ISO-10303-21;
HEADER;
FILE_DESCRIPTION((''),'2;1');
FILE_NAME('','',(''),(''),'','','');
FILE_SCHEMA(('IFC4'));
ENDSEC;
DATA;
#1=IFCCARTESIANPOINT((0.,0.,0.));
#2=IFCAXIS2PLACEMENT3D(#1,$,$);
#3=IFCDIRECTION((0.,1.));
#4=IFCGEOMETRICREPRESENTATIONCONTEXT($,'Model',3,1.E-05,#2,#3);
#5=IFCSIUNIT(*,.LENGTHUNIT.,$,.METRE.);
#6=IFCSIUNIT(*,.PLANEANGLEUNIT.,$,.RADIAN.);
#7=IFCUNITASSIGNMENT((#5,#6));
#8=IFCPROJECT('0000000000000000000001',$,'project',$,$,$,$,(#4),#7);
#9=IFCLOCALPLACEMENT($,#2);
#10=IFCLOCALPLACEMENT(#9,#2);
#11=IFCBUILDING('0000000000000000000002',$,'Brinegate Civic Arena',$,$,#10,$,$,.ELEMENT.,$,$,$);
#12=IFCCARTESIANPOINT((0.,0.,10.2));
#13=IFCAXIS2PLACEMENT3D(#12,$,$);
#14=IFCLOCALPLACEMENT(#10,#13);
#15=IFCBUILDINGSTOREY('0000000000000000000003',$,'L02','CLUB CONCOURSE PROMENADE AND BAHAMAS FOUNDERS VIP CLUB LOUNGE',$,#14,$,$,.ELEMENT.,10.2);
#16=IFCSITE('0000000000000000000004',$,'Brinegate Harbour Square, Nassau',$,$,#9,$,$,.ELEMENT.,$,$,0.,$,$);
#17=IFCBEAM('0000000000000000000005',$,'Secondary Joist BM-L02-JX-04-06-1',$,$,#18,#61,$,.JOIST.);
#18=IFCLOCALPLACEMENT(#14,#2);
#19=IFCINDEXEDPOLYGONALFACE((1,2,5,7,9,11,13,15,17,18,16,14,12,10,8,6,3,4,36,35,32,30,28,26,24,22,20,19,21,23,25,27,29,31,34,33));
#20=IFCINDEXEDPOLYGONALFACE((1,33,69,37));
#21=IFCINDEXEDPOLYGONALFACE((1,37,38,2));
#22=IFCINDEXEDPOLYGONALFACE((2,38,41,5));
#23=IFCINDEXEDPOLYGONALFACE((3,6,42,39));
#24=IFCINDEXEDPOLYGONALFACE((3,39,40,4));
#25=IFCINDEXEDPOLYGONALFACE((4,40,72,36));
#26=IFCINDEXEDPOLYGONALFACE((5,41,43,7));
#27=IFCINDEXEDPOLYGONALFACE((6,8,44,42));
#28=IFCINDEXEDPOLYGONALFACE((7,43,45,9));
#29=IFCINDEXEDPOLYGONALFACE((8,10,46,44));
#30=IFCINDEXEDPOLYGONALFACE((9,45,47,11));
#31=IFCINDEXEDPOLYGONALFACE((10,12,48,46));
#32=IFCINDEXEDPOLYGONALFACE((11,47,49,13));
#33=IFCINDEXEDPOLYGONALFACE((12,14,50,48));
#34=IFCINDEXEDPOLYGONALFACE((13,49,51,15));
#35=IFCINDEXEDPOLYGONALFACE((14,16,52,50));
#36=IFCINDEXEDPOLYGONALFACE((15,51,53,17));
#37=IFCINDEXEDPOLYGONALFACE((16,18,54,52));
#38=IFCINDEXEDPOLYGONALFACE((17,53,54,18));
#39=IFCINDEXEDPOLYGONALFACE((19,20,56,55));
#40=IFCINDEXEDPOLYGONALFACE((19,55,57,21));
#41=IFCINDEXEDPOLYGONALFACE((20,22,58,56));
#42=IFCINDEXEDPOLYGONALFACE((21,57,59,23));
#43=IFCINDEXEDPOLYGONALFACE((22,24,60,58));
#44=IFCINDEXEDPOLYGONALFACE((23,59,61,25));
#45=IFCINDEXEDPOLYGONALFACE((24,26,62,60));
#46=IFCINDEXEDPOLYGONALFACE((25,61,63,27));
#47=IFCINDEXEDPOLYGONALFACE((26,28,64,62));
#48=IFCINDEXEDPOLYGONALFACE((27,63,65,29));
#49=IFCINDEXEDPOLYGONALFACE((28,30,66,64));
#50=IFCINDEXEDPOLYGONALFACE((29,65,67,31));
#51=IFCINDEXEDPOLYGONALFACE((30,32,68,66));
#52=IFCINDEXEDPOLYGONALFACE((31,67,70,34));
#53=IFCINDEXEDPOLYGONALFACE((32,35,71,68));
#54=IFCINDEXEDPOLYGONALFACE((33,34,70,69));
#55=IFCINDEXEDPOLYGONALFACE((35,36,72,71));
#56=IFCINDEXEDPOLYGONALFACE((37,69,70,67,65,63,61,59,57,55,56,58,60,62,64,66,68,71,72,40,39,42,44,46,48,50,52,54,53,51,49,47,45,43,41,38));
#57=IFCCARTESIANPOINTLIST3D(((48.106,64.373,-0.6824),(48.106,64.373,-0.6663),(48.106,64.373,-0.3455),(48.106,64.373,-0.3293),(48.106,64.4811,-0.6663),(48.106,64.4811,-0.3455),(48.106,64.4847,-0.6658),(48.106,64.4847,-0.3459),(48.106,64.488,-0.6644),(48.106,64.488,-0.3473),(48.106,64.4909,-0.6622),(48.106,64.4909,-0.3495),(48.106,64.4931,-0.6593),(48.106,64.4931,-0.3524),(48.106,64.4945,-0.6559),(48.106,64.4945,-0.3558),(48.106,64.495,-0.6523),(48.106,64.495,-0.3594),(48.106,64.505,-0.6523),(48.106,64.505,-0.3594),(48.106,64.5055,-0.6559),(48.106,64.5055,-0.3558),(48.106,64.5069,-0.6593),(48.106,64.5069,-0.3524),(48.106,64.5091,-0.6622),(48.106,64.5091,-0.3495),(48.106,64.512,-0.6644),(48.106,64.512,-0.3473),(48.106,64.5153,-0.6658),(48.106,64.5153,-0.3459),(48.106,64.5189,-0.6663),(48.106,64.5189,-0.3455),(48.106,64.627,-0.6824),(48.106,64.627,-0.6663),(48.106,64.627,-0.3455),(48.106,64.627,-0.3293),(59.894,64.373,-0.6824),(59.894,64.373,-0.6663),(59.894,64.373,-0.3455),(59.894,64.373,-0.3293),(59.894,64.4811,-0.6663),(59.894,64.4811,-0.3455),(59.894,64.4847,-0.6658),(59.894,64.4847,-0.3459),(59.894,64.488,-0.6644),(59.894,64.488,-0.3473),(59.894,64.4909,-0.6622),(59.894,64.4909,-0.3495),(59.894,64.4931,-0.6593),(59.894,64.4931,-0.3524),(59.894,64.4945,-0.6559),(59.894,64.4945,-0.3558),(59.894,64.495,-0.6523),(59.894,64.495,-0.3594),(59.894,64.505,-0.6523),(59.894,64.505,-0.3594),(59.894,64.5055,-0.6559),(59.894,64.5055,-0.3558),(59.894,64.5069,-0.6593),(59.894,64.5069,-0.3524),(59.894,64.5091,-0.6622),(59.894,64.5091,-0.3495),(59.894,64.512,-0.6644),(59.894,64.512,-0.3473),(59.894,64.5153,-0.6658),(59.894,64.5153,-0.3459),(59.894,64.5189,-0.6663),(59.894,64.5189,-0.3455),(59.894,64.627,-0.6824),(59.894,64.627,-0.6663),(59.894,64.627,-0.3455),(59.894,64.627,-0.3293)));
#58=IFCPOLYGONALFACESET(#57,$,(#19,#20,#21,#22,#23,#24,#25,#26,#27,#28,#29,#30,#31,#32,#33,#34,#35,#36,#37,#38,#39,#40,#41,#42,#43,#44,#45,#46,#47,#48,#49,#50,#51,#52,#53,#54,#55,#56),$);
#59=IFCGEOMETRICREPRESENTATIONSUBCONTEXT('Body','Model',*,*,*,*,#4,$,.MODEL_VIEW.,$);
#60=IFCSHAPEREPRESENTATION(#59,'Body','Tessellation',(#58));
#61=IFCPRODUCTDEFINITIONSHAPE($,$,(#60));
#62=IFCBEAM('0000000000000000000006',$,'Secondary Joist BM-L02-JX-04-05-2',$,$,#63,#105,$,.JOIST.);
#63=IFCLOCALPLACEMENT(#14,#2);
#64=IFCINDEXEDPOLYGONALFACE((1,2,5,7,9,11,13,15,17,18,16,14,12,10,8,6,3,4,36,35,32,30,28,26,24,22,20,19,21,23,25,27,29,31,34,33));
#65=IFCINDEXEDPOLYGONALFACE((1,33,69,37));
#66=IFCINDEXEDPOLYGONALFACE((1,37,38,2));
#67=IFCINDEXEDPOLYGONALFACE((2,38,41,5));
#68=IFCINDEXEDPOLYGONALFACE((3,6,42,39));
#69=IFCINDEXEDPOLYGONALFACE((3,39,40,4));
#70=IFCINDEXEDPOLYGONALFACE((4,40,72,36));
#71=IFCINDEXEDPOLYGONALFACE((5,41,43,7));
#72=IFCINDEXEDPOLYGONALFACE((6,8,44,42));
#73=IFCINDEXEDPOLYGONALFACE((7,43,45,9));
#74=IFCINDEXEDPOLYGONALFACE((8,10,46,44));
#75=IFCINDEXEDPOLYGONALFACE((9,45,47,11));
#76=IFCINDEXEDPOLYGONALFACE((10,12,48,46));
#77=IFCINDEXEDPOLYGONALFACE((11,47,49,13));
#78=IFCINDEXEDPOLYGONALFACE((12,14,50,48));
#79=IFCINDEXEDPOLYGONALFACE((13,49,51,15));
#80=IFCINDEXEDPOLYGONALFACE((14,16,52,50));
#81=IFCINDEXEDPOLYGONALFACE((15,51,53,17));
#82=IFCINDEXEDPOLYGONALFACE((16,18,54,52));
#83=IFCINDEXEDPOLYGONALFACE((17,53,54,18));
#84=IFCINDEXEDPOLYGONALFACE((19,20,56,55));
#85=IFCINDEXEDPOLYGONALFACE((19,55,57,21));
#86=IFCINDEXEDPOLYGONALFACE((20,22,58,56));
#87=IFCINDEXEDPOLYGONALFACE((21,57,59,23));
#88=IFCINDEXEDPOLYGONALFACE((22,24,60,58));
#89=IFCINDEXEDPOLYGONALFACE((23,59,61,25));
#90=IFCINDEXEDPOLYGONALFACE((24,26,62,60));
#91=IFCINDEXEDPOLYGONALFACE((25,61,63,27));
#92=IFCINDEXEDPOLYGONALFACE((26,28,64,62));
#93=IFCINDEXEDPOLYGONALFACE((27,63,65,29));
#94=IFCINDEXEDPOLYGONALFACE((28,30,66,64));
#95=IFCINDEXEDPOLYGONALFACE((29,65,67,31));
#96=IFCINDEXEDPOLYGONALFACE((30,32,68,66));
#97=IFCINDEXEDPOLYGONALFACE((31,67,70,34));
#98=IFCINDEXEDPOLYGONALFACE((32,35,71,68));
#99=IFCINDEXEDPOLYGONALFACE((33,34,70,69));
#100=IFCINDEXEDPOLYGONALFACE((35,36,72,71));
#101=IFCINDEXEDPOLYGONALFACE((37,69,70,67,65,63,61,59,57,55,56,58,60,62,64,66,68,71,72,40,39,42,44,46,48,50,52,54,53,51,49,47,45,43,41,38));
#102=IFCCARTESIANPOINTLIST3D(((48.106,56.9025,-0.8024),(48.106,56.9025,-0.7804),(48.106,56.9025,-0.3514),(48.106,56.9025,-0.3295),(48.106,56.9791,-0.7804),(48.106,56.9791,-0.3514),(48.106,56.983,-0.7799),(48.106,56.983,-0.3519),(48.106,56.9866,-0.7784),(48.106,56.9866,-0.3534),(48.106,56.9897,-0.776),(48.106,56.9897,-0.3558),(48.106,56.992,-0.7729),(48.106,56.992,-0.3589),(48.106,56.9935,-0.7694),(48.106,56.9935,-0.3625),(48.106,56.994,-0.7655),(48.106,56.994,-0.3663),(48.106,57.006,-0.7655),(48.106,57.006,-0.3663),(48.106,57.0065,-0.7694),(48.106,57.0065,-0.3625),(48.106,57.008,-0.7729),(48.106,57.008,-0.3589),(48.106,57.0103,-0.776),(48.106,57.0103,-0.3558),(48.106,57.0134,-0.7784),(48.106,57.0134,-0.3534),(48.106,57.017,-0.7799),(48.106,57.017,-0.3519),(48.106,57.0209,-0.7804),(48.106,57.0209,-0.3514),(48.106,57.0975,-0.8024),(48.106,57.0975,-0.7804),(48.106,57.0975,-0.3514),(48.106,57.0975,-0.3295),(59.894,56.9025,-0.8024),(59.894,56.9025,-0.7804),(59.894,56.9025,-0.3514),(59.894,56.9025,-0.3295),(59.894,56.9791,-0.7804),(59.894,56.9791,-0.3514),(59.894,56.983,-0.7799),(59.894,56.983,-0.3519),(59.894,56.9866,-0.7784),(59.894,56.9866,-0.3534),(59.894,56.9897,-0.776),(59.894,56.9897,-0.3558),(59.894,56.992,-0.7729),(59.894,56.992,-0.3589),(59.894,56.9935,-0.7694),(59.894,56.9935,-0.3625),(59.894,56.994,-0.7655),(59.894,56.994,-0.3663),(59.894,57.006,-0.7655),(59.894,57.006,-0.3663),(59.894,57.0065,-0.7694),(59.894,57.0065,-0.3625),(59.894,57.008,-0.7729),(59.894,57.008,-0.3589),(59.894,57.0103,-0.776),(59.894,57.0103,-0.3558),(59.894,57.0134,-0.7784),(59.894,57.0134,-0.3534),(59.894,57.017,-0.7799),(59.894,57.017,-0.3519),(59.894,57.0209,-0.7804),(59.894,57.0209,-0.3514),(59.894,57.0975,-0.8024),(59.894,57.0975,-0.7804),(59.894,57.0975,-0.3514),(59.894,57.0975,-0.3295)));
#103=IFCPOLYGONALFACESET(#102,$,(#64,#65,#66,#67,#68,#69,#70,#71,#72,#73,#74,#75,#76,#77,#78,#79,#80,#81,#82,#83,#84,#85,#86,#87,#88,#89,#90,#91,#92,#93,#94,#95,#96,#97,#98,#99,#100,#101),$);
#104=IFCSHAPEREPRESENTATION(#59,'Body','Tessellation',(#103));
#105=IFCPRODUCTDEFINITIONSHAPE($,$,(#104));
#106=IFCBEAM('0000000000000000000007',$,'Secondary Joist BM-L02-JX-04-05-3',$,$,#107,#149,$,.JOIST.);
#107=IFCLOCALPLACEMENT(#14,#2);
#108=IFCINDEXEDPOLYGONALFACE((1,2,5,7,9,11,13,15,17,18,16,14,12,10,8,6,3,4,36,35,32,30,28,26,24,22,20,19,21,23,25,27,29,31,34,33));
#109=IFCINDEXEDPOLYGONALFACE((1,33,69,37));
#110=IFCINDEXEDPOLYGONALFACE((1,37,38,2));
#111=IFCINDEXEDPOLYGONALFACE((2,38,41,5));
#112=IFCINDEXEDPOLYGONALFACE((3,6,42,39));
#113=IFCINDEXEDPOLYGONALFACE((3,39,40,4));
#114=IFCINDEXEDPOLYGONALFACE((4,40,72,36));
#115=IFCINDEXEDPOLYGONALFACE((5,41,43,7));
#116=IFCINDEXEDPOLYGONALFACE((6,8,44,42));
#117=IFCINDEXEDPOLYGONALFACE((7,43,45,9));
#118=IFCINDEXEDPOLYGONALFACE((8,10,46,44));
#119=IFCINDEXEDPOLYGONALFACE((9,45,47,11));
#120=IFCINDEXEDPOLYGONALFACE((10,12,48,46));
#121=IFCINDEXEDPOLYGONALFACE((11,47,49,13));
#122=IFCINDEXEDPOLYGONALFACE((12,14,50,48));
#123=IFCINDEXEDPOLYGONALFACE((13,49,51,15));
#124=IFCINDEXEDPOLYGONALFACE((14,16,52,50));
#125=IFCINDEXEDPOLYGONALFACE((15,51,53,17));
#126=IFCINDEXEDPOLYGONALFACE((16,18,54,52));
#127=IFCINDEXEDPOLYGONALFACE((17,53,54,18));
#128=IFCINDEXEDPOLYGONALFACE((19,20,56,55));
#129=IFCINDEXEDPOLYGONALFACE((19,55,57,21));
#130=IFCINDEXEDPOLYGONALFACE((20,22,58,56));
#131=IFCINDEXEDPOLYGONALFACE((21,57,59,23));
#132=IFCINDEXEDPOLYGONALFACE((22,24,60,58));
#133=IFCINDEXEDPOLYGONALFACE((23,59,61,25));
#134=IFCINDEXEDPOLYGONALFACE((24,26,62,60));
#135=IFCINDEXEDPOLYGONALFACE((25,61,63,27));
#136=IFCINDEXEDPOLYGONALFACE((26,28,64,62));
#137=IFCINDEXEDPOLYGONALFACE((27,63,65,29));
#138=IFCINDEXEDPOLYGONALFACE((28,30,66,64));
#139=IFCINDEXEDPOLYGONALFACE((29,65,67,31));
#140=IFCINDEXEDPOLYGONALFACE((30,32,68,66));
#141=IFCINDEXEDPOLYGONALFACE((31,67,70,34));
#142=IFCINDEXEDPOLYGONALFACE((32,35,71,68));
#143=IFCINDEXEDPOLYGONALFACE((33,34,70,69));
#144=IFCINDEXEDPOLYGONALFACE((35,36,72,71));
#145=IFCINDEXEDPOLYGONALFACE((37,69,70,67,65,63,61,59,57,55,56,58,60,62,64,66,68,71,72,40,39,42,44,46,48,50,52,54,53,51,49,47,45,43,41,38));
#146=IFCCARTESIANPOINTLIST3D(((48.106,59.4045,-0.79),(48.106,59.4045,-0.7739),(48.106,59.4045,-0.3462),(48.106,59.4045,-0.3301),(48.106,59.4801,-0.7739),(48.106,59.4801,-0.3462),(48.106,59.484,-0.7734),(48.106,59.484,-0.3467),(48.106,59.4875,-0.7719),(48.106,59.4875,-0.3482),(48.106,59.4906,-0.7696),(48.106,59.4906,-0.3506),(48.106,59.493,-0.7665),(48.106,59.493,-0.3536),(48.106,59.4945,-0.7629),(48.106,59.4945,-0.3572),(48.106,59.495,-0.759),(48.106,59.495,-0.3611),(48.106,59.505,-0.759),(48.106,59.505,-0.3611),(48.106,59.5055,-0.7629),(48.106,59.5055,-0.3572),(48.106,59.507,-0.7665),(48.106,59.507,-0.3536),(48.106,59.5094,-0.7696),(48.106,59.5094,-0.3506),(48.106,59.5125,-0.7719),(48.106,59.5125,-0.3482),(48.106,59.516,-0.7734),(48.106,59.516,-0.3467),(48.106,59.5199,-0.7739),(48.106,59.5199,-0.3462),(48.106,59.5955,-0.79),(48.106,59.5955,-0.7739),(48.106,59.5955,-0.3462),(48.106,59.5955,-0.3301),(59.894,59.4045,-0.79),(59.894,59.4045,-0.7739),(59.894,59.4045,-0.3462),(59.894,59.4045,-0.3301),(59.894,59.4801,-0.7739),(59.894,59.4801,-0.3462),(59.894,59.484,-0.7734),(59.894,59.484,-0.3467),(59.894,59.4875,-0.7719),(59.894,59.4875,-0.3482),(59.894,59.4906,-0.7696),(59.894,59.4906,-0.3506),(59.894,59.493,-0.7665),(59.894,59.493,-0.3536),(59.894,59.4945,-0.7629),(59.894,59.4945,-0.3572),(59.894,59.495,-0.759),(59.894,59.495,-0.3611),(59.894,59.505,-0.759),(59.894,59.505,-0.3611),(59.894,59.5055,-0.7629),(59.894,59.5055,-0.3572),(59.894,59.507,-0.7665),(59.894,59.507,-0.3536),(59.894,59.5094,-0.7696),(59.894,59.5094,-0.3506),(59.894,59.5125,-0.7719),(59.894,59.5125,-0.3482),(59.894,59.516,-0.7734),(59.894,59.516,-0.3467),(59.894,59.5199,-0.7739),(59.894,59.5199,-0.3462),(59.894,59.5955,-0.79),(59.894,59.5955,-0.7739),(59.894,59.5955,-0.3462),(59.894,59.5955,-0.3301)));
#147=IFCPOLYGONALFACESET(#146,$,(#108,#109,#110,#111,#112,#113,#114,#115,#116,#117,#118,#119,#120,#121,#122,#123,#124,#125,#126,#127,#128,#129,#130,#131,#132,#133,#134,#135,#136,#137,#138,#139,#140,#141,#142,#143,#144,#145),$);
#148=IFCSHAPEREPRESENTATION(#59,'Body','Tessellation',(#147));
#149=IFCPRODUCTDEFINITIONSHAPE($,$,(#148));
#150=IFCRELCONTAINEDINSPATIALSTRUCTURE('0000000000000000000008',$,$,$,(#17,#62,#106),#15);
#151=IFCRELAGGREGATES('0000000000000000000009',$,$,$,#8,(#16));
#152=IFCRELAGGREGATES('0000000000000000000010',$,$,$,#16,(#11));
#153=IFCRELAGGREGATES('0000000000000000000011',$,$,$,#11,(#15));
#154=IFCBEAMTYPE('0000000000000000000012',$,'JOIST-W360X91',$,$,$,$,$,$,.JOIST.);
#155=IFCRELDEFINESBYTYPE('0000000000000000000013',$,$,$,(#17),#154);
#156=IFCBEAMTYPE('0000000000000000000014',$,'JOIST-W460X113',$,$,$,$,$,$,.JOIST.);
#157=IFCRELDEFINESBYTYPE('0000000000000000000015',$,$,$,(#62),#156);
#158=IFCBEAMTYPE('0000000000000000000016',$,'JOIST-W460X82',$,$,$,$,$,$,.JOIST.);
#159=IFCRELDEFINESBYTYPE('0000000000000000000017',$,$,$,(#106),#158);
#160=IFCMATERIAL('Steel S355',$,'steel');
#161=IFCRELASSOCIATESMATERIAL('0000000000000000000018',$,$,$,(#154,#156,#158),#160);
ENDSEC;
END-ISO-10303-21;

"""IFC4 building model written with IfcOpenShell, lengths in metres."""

from ifc_helpers import new_model, si_unit, direction, frame, origin, origin_2d, place, context, subcontext, project, spatial, i_section, extrude, material, material_profile, profile_set, type_object, element, save


model = new_model("IFC4")

# Units and contexts
model_context = context("Model", 3, precision=1e-05, world=origin(), true_north=direction((0.0, 1.0)))
body_context = subcontext(model_context, "Body", "Model", "MODEL_VIEW")
ifc_project = project(units=[si_unit("LENGTHUNIT", "METRE"), si_unit("PLANEANGLEUNIT", "RADIAN")], contexts=[model_context])

# Site, building, storey
site_placement = place(None, origin())
site = spatial("IfcSite", under=ifc_project, at=site_placement, Name="Brinegate Harbour Square, Nassau", CompositionType="ELEMENT", RefElevation=0.0)
building_placement = place(site_placement, origin())
building = spatial("IfcBuilding", under=site, at=building_placement, Name="Brinegate Civic Arena", CompositionType="ELEMENT")
storey_placement = place(building_placement, frame((0.0, 0.0, 10.2)))
storey = spatial("IfcBuildingStorey", under=building, at=storey_placement, Name="L02", Description="CLUB CONCOURSE PROMENADE AND BAHAMAS FOUNDERS VIP CLUB LOUNGE", CompositionType="ELEMENT", Elevation=10.2)

# Beams
ifc_material_1 = material(Name="Steel S355", Category="steel")
ifc_material_profile_1 = material_profile(ifc_material_1, i_section(OverallWidth=0.2539, OverallDepth=0.353, WebThickness=0.01, FlangeThickness=0.0161, FilletRadius=0.0139, at=origin_2d()), Name="W360X91")
ifc_profile_set_1 = profile_set([ifc_material_profile_1], Name="Steel S355")
beam_type_1 = type_object("IfcBeamType", Name="JOIST-W360X91", PredefinedType="JOIST", material=ifc_profile_set_1)
beam_1_placement = place(storey_placement, frame((48.106, 64.5, -0.5059), z_axis=(1.0, 0.0, 0.0), x_axis=(0.0, 1.0, 0.0)))
element("IfcBeam", 1, at=beam_1_placement, inside=storey, type_object=beam_type_1, Name="Secondary Joist BM-L02-JX-04-06-1", PredefinedType="JOIST", context=body_context, shape_type="SweptSolid", body=[
    extrude(i_section(OverallWidth=0.2539, OverallDepth=0.353, WebThickness=0.01, FlangeThickness=0.0161, FilletRadius=0.0139, at=origin_2d()), origin(), (0.0, 0.0, 1.0), 11.7881),
])
ifc_material_profile_2 = material_profile(ifc_material_1, i_section(OverallWidth=0.1951, OverallDepth=0.4729, WebThickness=0.012, FlangeThickness=0.022, FilletRadius=0.0149, at=origin_2d()), Name="W460X113")
ifc_profile_set_2 = profile_set([ifc_material_profile_2], Name="Steel S355")
beam_type_2 = type_object("IfcBeamType", Name="JOIST-W460X113", PredefinedType="JOIST", material=ifc_profile_set_2)
beam_2_placement = place(storey_placement, frame((48.106, 57.0, -0.5659), z_axis=(1.0, 0.0, 0.0), x_axis=(0.0, 1.0, 0.0)))
element("IfcBeam", 2, at=beam_2_placement, inside=storey, type_object=beam_type_2, Name="Secondary Joist BM-L02-JX-04-05-2", PredefinedType="JOIST", context=body_context, shape_type="SweptSolid", body=[
    extrude(i_section(OverallWidth=0.1951, OverallDepth=0.4729, WebThickness=0.012, FlangeThickness=0.022, FilletRadius=0.0149, at=origin_2d()), origin(), (0.0, 0.0, 1.0), 11.7881),
])
ifc_material_profile_3 = material_profile(ifc_material_1, i_section(OverallWidth=0.1909, OverallDepth=0.46, WebThickness=0.01, FlangeThickness=0.0161, FilletRadius=0.0149, at=origin_2d()), Name="W460X82")
ifc_profile_set_3 = profile_set([ifc_material_profile_3], Name="Steel S355")
beam_type_3 = type_object("IfcBeamType", Name="JOIST-W460X82", PredefinedType="JOIST", material=ifc_profile_set_3)
beam_3_placement = place(storey_placement, frame((48.106, 59.5, -0.5601), z_axis=(1.0, 0.0, 0.0), x_axis=(0.0, 1.0, 0.0)))
element("IfcBeam", 3, at=beam_3_placement, inside=storey, type_object=beam_type_3, Name="Secondary Joist BM-L02-JX-04-05-3", PredefinedType="JOIST", context=body_context, shape_type="SweptSolid", body=[
    extrude(i_section(OverallWidth=0.1909, OverallDepth=0.46, WebThickness=0.01, FlangeThickness=0.0161, FilletRadius=0.0149, at=origin_2d()), origin(), (0.0, 0.0, 1.0), 11.7881),
])

save(model, "model.ifc")
